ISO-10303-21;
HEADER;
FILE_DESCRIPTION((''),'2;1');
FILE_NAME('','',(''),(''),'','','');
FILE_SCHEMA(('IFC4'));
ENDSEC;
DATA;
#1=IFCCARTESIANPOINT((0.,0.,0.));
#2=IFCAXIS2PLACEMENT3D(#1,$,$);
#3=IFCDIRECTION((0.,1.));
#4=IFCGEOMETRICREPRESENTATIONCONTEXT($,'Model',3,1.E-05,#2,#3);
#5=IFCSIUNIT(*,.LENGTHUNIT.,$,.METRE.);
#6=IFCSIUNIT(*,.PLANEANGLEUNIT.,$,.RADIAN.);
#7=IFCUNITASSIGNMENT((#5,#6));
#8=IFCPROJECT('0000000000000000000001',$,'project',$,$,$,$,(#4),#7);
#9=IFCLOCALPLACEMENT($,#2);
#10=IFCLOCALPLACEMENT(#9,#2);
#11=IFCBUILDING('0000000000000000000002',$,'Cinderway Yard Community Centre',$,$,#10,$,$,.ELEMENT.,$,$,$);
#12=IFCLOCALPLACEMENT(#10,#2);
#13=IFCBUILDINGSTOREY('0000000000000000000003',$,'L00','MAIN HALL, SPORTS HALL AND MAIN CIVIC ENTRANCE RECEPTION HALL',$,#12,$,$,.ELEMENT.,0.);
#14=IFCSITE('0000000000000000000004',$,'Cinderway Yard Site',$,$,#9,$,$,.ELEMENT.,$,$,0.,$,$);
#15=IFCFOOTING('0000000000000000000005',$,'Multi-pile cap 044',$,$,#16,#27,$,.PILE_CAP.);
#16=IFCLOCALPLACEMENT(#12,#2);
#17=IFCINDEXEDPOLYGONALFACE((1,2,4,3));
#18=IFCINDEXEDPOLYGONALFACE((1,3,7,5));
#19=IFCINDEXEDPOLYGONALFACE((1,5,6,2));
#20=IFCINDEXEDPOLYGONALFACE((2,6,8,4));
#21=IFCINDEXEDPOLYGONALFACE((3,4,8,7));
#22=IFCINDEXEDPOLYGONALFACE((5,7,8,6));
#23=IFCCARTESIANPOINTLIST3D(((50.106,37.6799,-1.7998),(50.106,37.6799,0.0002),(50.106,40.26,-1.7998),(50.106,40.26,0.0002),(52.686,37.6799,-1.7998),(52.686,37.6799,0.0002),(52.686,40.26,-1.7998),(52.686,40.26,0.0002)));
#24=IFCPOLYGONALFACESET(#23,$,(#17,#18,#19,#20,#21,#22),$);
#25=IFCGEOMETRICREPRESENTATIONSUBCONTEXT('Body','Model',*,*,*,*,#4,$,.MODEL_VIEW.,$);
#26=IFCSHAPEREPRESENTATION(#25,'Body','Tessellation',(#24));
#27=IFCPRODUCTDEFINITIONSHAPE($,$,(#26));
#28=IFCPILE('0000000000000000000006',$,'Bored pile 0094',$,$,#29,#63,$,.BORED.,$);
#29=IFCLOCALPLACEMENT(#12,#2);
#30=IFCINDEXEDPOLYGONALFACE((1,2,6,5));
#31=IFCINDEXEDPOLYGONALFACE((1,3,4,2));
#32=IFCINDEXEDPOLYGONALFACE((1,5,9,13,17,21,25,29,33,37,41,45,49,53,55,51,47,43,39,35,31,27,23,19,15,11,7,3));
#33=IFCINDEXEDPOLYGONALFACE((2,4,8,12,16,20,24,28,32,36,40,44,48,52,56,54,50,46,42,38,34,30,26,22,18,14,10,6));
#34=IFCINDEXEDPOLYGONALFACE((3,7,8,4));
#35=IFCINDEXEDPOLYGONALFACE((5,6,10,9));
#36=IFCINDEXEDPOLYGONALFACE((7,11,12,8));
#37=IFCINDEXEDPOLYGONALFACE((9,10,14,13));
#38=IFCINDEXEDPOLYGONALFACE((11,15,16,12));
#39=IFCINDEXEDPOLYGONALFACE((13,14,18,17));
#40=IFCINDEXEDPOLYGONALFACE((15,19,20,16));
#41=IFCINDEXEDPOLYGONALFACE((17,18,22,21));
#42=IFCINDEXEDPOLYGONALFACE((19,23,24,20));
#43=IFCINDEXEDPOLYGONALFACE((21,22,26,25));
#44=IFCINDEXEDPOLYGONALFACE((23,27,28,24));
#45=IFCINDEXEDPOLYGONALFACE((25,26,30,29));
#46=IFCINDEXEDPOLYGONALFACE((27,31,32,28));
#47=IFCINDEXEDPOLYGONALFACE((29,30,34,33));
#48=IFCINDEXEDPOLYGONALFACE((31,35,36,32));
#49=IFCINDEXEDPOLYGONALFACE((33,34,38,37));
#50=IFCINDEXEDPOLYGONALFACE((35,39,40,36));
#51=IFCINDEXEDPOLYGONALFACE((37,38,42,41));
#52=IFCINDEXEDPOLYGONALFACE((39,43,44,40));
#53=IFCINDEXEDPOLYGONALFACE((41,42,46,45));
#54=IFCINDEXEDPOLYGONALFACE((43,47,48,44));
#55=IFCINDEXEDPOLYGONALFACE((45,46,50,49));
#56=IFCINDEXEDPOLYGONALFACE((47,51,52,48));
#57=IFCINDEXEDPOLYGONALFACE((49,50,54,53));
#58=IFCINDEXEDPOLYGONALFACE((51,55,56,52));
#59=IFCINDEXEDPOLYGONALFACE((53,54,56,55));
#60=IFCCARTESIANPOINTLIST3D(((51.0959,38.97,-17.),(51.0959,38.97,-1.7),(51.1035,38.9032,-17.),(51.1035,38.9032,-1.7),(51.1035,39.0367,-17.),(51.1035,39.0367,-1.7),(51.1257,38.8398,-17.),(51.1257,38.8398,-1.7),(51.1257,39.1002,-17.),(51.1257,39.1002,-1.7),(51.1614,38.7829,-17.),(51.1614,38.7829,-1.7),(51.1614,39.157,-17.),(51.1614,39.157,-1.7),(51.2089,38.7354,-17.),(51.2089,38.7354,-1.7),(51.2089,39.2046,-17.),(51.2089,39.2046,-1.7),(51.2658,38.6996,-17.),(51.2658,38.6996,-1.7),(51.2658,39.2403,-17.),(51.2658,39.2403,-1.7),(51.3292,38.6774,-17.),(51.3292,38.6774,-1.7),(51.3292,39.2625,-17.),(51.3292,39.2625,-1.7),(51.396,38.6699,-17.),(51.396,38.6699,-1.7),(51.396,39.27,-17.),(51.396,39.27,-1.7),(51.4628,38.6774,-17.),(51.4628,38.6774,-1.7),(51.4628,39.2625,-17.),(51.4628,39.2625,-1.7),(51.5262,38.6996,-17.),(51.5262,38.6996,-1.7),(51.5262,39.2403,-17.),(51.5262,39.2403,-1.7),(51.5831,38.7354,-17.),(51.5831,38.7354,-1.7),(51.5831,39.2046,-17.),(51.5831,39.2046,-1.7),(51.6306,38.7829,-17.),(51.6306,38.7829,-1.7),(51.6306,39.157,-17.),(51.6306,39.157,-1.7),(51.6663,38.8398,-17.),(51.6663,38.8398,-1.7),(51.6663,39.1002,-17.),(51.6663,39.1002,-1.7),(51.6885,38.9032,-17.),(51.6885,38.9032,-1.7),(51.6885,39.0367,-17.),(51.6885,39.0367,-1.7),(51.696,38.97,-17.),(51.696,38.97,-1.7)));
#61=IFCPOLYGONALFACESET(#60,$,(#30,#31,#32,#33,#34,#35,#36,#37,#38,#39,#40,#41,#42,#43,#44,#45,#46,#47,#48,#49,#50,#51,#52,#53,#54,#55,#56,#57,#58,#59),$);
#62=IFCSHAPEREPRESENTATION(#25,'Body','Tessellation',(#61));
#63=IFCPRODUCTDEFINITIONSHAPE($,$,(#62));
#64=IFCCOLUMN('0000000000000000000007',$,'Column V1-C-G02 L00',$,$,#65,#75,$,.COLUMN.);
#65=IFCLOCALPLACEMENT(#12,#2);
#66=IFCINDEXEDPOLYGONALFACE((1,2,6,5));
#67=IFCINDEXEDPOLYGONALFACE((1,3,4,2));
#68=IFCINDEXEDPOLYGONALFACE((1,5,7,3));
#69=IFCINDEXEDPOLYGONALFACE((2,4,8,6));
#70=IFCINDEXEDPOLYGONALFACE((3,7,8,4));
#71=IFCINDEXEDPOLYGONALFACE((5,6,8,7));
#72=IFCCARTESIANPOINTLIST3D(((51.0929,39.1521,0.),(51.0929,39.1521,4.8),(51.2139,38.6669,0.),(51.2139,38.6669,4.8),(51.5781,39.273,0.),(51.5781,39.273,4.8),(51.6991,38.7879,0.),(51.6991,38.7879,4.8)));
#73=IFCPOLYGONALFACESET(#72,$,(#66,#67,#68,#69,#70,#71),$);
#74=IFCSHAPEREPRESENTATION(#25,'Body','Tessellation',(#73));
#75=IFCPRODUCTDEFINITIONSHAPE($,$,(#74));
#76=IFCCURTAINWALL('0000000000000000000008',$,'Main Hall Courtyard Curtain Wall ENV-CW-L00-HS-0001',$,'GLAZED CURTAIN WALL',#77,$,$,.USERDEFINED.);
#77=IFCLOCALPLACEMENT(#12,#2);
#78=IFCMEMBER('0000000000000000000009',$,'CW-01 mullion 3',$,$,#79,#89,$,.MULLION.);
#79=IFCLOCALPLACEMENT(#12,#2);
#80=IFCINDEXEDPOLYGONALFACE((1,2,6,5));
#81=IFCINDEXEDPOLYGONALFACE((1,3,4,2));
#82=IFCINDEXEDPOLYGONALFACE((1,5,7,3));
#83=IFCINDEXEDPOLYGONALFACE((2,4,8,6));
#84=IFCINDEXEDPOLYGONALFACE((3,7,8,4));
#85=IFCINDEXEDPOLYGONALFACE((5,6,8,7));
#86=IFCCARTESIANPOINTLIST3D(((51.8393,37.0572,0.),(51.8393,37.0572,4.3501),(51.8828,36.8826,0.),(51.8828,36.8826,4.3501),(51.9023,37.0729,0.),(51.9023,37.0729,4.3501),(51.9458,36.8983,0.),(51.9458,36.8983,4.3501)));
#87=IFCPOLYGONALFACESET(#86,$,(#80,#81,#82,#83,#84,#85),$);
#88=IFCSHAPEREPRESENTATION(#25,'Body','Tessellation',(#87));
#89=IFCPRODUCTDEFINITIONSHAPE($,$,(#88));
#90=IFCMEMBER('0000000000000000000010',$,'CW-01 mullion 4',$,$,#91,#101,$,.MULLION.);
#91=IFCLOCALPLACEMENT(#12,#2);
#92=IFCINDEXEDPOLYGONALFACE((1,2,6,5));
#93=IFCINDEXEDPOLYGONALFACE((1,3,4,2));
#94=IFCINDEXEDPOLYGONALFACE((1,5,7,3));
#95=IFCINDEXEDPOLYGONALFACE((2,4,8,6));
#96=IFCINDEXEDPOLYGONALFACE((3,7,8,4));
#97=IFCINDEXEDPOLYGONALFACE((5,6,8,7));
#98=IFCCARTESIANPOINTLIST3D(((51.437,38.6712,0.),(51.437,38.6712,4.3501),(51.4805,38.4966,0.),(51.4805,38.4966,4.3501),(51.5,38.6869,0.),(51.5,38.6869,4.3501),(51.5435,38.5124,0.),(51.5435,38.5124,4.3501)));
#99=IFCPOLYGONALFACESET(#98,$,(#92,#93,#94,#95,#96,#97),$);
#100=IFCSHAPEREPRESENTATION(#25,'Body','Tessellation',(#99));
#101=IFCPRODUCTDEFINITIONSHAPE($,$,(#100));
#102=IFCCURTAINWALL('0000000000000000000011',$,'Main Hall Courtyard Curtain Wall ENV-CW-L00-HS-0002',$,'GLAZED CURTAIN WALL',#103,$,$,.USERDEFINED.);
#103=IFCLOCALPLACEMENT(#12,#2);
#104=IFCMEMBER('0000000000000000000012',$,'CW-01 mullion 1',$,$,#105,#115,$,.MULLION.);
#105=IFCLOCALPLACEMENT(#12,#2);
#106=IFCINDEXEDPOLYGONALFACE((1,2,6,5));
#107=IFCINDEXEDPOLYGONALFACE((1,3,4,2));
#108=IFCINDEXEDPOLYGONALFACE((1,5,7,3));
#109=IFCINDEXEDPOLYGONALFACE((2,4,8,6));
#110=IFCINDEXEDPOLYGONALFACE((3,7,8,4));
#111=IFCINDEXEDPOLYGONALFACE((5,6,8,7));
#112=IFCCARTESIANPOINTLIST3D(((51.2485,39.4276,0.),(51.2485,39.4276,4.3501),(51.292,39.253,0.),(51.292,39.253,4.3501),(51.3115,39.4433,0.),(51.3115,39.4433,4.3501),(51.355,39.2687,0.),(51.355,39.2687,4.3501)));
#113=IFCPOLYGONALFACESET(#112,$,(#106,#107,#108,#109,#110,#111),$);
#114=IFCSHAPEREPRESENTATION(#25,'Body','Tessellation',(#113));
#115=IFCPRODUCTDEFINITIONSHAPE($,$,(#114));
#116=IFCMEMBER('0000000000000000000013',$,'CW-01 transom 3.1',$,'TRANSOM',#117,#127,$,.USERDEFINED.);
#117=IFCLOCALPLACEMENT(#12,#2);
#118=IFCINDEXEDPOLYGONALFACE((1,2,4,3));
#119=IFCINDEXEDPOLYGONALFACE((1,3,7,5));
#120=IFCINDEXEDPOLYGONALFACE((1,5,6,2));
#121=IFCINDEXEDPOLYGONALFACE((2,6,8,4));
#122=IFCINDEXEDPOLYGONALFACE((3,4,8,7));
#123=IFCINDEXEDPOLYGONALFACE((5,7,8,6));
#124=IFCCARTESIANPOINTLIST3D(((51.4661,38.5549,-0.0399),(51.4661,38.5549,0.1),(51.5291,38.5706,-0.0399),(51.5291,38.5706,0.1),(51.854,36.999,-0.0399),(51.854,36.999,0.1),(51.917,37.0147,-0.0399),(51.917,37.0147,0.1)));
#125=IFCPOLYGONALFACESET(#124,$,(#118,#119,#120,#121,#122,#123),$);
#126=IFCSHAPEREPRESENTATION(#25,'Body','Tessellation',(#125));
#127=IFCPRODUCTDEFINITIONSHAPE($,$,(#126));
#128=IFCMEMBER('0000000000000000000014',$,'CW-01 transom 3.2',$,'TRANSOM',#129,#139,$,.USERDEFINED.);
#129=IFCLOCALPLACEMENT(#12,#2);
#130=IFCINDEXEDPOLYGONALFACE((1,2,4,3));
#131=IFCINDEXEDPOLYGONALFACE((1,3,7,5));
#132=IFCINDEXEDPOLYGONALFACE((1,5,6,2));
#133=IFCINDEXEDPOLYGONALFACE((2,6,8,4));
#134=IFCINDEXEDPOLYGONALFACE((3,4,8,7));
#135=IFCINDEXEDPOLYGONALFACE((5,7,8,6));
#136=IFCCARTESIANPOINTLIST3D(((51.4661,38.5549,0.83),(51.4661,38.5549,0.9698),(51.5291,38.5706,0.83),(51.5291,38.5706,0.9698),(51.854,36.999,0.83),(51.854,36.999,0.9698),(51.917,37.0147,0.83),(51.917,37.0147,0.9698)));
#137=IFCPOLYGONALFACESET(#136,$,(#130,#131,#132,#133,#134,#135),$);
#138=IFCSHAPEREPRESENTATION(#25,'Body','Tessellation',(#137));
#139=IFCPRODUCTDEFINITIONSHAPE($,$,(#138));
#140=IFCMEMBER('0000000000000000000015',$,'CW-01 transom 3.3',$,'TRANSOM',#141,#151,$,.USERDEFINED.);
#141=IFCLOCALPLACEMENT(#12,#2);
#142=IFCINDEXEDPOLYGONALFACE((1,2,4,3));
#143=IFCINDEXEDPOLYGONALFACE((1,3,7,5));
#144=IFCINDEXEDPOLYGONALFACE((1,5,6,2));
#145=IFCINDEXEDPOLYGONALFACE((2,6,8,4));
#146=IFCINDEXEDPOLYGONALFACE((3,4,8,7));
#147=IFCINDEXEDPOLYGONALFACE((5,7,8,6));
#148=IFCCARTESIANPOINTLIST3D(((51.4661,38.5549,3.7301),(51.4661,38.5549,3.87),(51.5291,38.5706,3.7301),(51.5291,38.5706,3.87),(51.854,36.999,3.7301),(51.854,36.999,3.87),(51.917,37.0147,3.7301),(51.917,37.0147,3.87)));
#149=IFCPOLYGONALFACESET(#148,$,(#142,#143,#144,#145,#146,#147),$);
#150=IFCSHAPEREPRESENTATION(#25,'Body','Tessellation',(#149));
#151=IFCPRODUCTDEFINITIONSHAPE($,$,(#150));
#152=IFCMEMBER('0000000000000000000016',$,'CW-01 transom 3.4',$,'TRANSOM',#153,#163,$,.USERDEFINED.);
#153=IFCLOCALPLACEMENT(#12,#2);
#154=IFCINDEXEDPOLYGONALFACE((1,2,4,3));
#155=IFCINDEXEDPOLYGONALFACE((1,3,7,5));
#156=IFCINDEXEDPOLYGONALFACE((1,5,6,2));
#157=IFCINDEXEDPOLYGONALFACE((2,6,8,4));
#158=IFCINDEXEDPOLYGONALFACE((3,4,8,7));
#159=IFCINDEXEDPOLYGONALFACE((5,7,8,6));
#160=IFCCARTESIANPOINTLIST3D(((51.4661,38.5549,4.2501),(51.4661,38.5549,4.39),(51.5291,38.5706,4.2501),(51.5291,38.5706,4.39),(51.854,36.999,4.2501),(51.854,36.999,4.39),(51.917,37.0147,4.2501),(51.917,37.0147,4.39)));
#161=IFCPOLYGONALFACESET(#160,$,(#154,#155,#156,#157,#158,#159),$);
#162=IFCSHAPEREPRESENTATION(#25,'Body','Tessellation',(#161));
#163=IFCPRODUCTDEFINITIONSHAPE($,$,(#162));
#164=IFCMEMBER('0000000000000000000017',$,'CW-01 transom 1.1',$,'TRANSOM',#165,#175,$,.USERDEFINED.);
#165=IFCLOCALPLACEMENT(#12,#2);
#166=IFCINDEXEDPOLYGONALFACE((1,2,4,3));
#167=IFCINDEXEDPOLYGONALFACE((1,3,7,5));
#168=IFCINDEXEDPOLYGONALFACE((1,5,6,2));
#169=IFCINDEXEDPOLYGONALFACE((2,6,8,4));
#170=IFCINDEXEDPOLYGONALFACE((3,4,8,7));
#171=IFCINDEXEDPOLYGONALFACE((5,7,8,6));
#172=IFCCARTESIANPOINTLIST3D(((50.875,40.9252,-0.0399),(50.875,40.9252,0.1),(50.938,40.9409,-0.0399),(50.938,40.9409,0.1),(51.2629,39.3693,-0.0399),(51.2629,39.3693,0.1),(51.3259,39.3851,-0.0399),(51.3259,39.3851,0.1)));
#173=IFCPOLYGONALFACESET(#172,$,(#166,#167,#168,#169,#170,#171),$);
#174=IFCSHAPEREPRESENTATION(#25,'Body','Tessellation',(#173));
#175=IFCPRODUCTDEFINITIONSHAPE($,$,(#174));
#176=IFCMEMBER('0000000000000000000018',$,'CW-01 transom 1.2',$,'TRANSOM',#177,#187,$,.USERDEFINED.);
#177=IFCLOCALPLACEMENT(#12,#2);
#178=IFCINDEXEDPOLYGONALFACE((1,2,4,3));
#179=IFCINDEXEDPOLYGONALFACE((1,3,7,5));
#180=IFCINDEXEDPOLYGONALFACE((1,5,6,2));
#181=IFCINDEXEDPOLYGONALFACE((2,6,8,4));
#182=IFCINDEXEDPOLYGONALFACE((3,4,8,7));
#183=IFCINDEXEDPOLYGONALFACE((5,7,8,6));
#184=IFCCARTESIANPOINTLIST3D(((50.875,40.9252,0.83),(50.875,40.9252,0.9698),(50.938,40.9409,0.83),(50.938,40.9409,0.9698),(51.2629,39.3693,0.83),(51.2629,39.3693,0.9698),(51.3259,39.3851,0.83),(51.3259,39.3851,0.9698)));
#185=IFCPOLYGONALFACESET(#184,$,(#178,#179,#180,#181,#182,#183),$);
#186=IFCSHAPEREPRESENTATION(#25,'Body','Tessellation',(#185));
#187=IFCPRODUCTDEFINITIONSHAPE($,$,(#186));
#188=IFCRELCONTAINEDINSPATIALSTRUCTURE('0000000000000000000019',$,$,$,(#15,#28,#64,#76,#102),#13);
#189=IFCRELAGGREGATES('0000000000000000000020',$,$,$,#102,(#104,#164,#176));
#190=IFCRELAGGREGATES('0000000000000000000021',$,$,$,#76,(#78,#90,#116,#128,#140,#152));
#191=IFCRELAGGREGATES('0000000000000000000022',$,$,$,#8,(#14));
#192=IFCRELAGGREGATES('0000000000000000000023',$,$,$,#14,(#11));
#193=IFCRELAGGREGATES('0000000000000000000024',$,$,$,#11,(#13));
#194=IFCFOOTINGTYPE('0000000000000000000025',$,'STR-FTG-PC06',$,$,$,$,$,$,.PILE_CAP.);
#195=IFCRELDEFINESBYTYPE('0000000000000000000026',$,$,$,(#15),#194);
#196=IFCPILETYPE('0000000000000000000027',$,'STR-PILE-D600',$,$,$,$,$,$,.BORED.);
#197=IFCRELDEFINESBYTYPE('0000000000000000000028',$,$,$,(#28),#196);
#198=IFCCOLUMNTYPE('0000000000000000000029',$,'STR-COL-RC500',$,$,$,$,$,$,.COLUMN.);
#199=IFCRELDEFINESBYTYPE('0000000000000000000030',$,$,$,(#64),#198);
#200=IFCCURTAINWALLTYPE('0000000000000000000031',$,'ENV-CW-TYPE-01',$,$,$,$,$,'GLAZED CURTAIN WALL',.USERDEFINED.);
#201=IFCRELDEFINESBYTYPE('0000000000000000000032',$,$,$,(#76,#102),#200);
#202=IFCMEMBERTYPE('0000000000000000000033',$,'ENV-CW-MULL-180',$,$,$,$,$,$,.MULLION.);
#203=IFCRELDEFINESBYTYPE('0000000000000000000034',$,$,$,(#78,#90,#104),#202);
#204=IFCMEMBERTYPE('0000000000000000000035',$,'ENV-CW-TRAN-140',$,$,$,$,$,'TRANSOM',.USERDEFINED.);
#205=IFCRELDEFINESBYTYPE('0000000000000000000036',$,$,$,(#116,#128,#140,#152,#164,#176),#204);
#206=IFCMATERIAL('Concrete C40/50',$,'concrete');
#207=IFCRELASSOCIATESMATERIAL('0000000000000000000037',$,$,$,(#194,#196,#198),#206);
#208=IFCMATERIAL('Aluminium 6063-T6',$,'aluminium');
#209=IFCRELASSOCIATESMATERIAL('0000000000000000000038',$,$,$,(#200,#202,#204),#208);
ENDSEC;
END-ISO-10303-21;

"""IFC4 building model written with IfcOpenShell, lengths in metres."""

from ifc_helpers import new_model, si_unit, direction, frame, origin, origin_2d, place, context, subcontext, project, spatial, rectangle, circle, extrude, material, material_profile, profile_set, type_object, element, aggregate, save


model = new_model("IFC4")

# Units and contexts
model_context = context("Model", 3, precision=1e-05, world=origin(), true_north=direction((0.0, 1.0)))
body_context = subcontext(model_context, "Body", "Model", "MODEL_VIEW")
ifc_project = project(units=[si_unit("LENGTHUNIT", "METRE"), si_unit("PLANEANGLEUNIT", "RADIAN")], contexts=[model_context])

# Site, building, storey
site_placement = place(None, origin())
site = spatial("IfcSite", under=ifc_project, at=site_placement, Name="Cinderway Yard Site", CompositionType="ELEMENT", RefElevation=0.0)
building_placement = place(site_placement, origin())
building = spatial("IfcBuilding", under=site, at=building_placement, Name="Cinderway Yard Community Centre", CompositionType="ELEMENT")
storey_placement = place(building_placement, origin())
storey = spatial("IfcBuildingStorey", under=building, at=storey_placement, Name="L00", Description="MAIN HALL, SPORTS HALL AND MAIN CIVIC ENTRANCE RECEPTION HALL", CompositionType="ELEMENT", Elevation=0.0)

# Footing
ifc_material_1 = material(Name="Concrete C40/50", Category="concrete")
footing_type = type_object("IfcFootingType", Name="STR-FTG-PC06", PredefinedType="PILE_CAP", material=ifc_material_1)
footing_placement = place(storey_placement, frame((51.396, 38.97, -1.7998), z_axis=(0.0, 0.0, 1.0), x_axis=(1.0, 0.0, 0.0)))
element("IfcFooting", 1, at=footing_placement, inside=storey, type_object=footing_type, Name="Multi-pile cap 044", PredefinedType="PILE_CAP", context=body_context, shape_type="SweptSolid", body=[
    extrude(rectangle(XDim=2.5801, YDim=2.5801, at=origin_2d()), origin(), (0.0, 0.0, 1.0), 1.8),
])

# Pile
ifc_material_profile_1 = material_profile(ifc_material_1, circle(Radius=0.3, at=origin_2d()), Name="Concrete C40/50")
ifc_profile_set_1 = profile_set([ifc_material_profile_1], Name="Concrete C40/50")
pile_type = type_object("IfcPileType", Name="STR-PILE-D600", PredefinedType="BORED", material=ifc_profile_set_1)
pile_placement = place(storey_placement, frame((51.396, 38.97, -1.7), z_axis=(0.0, 0.0, -1.0), x_axis=(1.0, 0.0, 0.0)))
element("IfcPile", 2, at=pile_placement, inside=storey, type_object=pile_type, Name="Bored pile 0094", PredefinedType="BORED", context=body_context, shape_type="SweptSolid", body=[
    extrude(circle(Radius=0.3, at=origin_2d()), origin(), (0.0, 0.0, 1.0), 15.3),
])

# Column
ifc_material_profile_2 = material_profile(ifc_material_1, rectangle(XDim=0.5, YDim=0.5, at=origin_2d()), Name="Concrete C40/50")
ifc_profile_set_2 = profile_set([ifc_material_profile_2], Name="Concrete C40/50")
column_type = type_object("IfcColumnType", Name="STR-COL-RC500", PredefinedType="COLUMN", material=ifc_profile_set_2)
column_placement = place(storey_placement, frame((51.396, 38.97, 0.0), z_axis=(0.0, 0.0, 1.0), x_axis=(0.970296, 0.241922, 0.0)))
element("IfcColumn", 3, at=column_placement, inside=storey, type_object=column_type, Name="Column V1-C-G02 L00", PredefinedType="COLUMN", context=body_context, shape_type="SweptSolid", body=[
    extrude(rectangle(XDim=0.5, YDim=0.5, at=origin_2d()), origin(), (0.0, 0.0, 1.0), 4.8),
])

# Curtain wall, members
ifc_material_2 = material(Name="Aluminium 6063-T6", Category="aluminium")
curtain_wall_type = type_object("IfcCurtainWallType", Name="ENV-CW-TYPE-01", ElementType="GLAZED CURTAIN WALL", PredefinedType="USERDEFINED", material=ifc_material_2)
curtain_wall_1_placement = place(storey_placement, origin())
curtain_wall_1 = element("IfcCurtainWall", 4, at=curtain_wall_1_placement, inside=storey, type_object=curtain_wall_type, Name="Main Hall Courtyard Curtain Wall ENV-CW-L00-HS-0001", ObjectType="GLAZED CURTAIN WALL", PredefinedType="USERDEFINED")
ifc_material_profile_3 = material_profile(ifc_material_2, rectangle(XDim=0.0649, YDim=0.1799, at=origin_2d()), Name="Aluminium 6063-T6")
ifc_profile_set_3 = profile_set([ifc_material_profile_3], Name="Aluminium 6063-T6")
member_type_1 = type_object("IfcMemberType", Name="ENV-CW-MULL-180", PredefinedType="MULLION", material=ifc_profile_set_3)
member_1_placement = place(storey_placement, frame((51.8926, 36.9778, 0.0), z_axis=(0.0, 0.0, 1.0), x_axis=(-0.970304, -0.241887, 0.0)))
member_1 = element("IfcMember", 5, at=member_1_placement, type_object=member_type_1, Name="CW-01 mullion 3", PredefinedType="MULLION", context=body_context, shape_type="SweptSolid", body=[
    extrude(rectangle(XDim=0.0649, YDim=0.1799, at=origin_2d()), origin(), (0.0, 0.0, 1.0), 4.3501),
])
member_2_placement = place(storey_placement, frame((51.4902, 38.5918, 0.0), z_axis=(0.0, 0.0, 1.0), x_axis=(-0.970304, -0.241887, 0.0)))
member_2 = element("IfcMember", 6, at=member_2_placement, type_object=member_type_1, Name="CW-01 mullion 4", PredefinedType="MULLION", context=body_context, shape_type="SweptSolid", body=[
    extrude(rectangle(XDim=0.0649, YDim=0.1799, at=origin_2d()), origin(), (0.0, 0.0, 1.0), 4.3501),
])

# Curtain wall, member
curtain_wall_2_placement = place(storey_placement, origin())
curtain_wall_2 = element("IfcCurtainWall", 7, at=curtain_wall_2_placement, inside=storey, type_object=curtain_wall_type, Name="Main Hall Courtyard Curtain Wall ENV-CW-L00-HS-0002", ObjectType="GLAZED CURTAIN WALL", PredefinedType="USERDEFINED")
member_3_placement = place(storey_placement, frame((51.3018, 39.3481, 0.0), z_axis=(0.0, 0.0, 1.0), x_axis=(-0.970304, -0.241887, 0.0)))
member_3 = element("IfcMember", 8, at=member_3_placement, type_object=member_type_1, Name="CW-01 mullion 1", PredefinedType="MULLION", context=body_context, shape_type="SweptSolid", body=[
    extrude(rectangle(XDim=0.0649, YDim=0.1799, at=origin_2d()), origin(), (0.0, 0.0, 1.0), 4.3501),
])

# Members
ifc_material_profile_4 = material_profile(ifc_material_2, rectangle(XDim=0.0649, YDim=0.1399, at=origin_2d()), Name="Aluminium 6063-T6")
ifc_profile_set_4 = profile_set([ifc_material_profile_4], Name="Aluminium 6063-T6")
member_type_2 = type_object("IfcMemberType", Name="ENV-CW-TRAN-140", ElementType="TRANSOM", PredefinedType="USERDEFINED", material=ifc_profile_set_4)
member_4_placement = place(storey_placement, frame((51.8855, 37.0068, 0.03), z_axis=(-0.241927, 0.970295, 0.0), x_axis=(-0.970295, -0.241927, 0.0)))
member_4 = element("IfcMember", 9, at=member_4_placement, type_object=member_type_2, Name="CW-01 transom 3.1", ObjectType="TRANSOM", PredefinedType="USERDEFINED", context=body_context, shape_type="SweptSolid", body=[
    extrude(rectangle(XDim=0.0649, YDim=0.1399, at=origin_2d()), origin(), (0.0, 0.0, 1.0), 1.6035),
])
member_5_placement = place(storey_placement, frame((51.8855, 37.0068, 0.8999), z_axis=(-0.241927, 0.970295, 0.0), x_axis=(-0.970295, -0.241927, 0.0)))
member_5 = element("IfcMember", 10, at=member_5_placement, type_object=member_type_2, Name="CW-01 transom 3.2", ObjectType="TRANSOM", PredefinedType="USERDEFINED", context=body_context, shape_type="SweptSolid", body=[
    extrude(rectangle(XDim=0.0649, YDim=0.1399, at=origin_2d()), origin(), (0.0, 0.0, 1.0), 1.6035),
])
member_6_placement = place(storey_placement, frame((51.8855, 37.0068, 3.8), z_axis=(-0.241927, 0.970295, 0.0), x_axis=(-0.970295, -0.241927, 0.0)))
member_6 = element("IfcMember", 11, at=member_6_placement, type_object=member_type_2, Name="CW-01 transom 3.3", ObjectType="TRANSOM", PredefinedType="USERDEFINED", context=body_context, shape_type="SweptSolid", body=[
    extrude(rectangle(XDim=0.0649, YDim=0.1399, at=origin_2d()), origin(), (0.0, 0.0, 1.0), 1.6035),
])
member_7_placement = place(storey_placement, frame((51.8855, 37.0068, 4.3201), z_axis=(-0.241927, 0.970295, 0.0), x_axis=(-0.970295, -0.241927, 0.0)))
member_7 = element("IfcMember", 12, at=member_7_placement, type_object=member_type_2, Name="CW-01 transom 3.4", ObjectType="TRANSOM", PredefinedType="USERDEFINED", context=body_context, shape_type="SweptSolid", body=[
    extrude(rectangle(XDim=0.0649, YDim=0.1399, at=origin_2d()), origin(), (0.0, 0.0, 1.0), 1.6035),
])
member_8_placement = place(storey_placement, frame((51.2944, 39.3772, 0.03), z_axis=(-0.241927, 0.970295, 0.0), x_axis=(-0.970295, -0.241927, 0.0)))
member_8 = element("IfcMember", 13, at=member_8_placement, type_object=member_type_2, Name="CW-01 transom 1.1", ObjectType="TRANSOM", PredefinedType="USERDEFINED", context=body_context, shape_type="SweptSolid", body=[
    extrude(rectangle(XDim=0.0649, YDim=0.1399, at=origin_2d()), origin(), (0.0, 0.0, 1.0), 1.6035),
])
member_9_placement = place(storey_placement, frame((51.2944, 39.3772, 0.8999), z_axis=(-0.241927, 0.970295, 0.0), x_axis=(-0.970295, -0.241927, 0.0)))
member_9 = element("IfcMember", 14, at=member_9_placement, type_object=member_type_2, Name="CW-01 transom 1.2", ObjectType="TRANSOM", PredefinedType="USERDEFINED", context=body_context, shape_type="SweptSolid", body=[
    extrude(rectangle(XDim=0.0649, YDim=0.1399, at=origin_2d()), origin(), (0.0, 0.0, 1.0), 1.6035),
])
aggregate(curtain_wall_2, [member_3, member_8, member_9])

aggregate(curtain_wall_1, [member_1, member_2, member_4, member_5, member_6, member_7])

save(model, "model.ifc")
